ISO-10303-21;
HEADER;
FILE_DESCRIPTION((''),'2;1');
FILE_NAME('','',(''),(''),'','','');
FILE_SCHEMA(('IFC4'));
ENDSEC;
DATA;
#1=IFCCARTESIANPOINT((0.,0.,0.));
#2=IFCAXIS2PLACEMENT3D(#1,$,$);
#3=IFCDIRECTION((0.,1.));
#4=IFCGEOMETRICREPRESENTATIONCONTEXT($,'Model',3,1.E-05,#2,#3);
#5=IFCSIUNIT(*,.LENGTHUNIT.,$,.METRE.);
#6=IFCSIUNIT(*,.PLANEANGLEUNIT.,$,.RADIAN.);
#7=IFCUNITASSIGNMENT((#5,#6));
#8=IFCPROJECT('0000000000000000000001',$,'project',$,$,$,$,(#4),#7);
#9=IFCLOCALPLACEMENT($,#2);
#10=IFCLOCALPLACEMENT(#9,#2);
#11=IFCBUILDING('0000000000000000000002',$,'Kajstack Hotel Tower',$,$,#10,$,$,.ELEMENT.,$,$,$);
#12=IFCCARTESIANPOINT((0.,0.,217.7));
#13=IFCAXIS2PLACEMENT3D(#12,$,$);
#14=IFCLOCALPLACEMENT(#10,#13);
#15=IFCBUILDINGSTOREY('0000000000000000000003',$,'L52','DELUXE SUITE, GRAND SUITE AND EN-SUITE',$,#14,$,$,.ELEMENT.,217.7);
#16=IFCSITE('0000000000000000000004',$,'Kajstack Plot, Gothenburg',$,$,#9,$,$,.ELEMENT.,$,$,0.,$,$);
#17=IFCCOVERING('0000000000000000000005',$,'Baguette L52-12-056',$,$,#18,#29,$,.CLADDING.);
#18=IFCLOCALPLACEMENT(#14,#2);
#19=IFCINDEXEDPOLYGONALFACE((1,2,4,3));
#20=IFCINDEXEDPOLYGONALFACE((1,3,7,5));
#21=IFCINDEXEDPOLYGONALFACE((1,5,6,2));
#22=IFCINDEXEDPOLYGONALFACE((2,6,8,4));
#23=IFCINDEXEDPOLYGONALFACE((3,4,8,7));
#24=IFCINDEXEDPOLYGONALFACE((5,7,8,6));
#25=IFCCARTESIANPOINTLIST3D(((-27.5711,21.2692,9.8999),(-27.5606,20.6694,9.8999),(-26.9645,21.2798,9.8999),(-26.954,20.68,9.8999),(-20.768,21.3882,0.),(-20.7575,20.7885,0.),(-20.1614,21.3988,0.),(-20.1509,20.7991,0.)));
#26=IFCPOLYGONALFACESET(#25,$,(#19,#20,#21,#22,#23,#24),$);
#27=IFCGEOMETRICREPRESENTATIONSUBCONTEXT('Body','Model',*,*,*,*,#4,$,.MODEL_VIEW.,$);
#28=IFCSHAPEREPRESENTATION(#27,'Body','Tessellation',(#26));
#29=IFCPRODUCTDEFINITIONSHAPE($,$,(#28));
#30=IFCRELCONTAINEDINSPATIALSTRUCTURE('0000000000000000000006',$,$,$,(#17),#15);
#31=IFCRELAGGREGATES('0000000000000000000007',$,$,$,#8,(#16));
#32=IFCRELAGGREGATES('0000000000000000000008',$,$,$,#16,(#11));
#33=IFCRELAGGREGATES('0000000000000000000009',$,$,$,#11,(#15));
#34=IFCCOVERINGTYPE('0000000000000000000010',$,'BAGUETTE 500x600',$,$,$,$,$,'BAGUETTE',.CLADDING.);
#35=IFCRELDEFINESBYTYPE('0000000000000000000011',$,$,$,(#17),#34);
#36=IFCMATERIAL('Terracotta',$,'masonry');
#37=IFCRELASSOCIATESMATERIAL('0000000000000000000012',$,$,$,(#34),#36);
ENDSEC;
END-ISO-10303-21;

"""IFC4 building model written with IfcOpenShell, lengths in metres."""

from ifc_helpers import new_model, si_unit, direction, frame, origin, origin_2d, place, context, subcontext, project, spatial, polyline, rectangle, outline, extrude, material, material_profile, profile_set, type_object, element, save


model = new_model("IFC4")

# Units and contexts
model_context = context("Model", 3, precision=1e-05, world=origin(), true_north=direction((0.0, 1.0)))
body_context = subcontext(model_context, "Body", "Model", "MODEL_VIEW")
ifc_project = project(units=[si_unit("LENGTHUNIT", "METRE"), si_unit("PLANEANGLEUNIT", "RADIAN")], contexts=[model_context])

# Site, building, storey
site_placement = place(None, origin())
site = spatial("IfcSite", under=ifc_project, at=site_placement, Name="Kajstack Plot, Gothenburg", CompositionType="ELEMENT", RefElevation=0.0)
building_placement = place(site_placement, origin())
building = spatial("IfcBuilding", under=site, at=building_placement, Name="Kajstack Hotel Tower", CompositionType="ELEMENT")
storey_placement = place(building_placement, frame((0.0, 0.0, 217.7)))
storey = spatial("IfcBuildingStorey", under=building, at=storey_placement, Name="L52", Description="DELUXE SUITE, GRAND SUITE AND EN-SUITE", CompositionType="ELEMENT", Elevation=217.7)

# Covering
ifc_material_1 = material(Name="Terracotta", Category="masonry")
ifc_material_profile = material_profile(ifc_material_1, rectangle(XDim=0.6001, YDim=0.5, at=origin_2d()), Name="Terracotta-clad concrete baguette 500 x 600")
ifc_profile_set = profile_set([ifc_material_profile], Name="Terracotta")
covering_type = type_object("IfcCoveringType", Name="BAGUETTE 500x600", ElementType="BAGUETTE", PredefinedType="CLADDING", material=ifc_profile_set)
for number, where, z_axis, x_axis, name in (
    (1, (-20.1509, 20.7991, 0.0), (-0.017498, 0.999847, 0.0), (-0.999847, -0.017498, 0.0), "Baguette L52-12-056"),
):
    element("IfcCovering", number, at=place(storey_placement, frame(where, z_axis=z_axis, x_axis=x_axis)), inside=storey, type_object=covering_type, Name=name, PredefinedType="CLADDING", context=body_context, shape_type="SweptSolid", body=[
        extrude(outline(polyline([(6.8042, 9.8999), (0.0, 0.0), (0.6067, 0.0), (7.4109, 9.8999), (6.8042, 9.8999)])), origin(), (0.0, 0.0, 1.0), 0.5999),
    ])

save(model, "model.ifc")
